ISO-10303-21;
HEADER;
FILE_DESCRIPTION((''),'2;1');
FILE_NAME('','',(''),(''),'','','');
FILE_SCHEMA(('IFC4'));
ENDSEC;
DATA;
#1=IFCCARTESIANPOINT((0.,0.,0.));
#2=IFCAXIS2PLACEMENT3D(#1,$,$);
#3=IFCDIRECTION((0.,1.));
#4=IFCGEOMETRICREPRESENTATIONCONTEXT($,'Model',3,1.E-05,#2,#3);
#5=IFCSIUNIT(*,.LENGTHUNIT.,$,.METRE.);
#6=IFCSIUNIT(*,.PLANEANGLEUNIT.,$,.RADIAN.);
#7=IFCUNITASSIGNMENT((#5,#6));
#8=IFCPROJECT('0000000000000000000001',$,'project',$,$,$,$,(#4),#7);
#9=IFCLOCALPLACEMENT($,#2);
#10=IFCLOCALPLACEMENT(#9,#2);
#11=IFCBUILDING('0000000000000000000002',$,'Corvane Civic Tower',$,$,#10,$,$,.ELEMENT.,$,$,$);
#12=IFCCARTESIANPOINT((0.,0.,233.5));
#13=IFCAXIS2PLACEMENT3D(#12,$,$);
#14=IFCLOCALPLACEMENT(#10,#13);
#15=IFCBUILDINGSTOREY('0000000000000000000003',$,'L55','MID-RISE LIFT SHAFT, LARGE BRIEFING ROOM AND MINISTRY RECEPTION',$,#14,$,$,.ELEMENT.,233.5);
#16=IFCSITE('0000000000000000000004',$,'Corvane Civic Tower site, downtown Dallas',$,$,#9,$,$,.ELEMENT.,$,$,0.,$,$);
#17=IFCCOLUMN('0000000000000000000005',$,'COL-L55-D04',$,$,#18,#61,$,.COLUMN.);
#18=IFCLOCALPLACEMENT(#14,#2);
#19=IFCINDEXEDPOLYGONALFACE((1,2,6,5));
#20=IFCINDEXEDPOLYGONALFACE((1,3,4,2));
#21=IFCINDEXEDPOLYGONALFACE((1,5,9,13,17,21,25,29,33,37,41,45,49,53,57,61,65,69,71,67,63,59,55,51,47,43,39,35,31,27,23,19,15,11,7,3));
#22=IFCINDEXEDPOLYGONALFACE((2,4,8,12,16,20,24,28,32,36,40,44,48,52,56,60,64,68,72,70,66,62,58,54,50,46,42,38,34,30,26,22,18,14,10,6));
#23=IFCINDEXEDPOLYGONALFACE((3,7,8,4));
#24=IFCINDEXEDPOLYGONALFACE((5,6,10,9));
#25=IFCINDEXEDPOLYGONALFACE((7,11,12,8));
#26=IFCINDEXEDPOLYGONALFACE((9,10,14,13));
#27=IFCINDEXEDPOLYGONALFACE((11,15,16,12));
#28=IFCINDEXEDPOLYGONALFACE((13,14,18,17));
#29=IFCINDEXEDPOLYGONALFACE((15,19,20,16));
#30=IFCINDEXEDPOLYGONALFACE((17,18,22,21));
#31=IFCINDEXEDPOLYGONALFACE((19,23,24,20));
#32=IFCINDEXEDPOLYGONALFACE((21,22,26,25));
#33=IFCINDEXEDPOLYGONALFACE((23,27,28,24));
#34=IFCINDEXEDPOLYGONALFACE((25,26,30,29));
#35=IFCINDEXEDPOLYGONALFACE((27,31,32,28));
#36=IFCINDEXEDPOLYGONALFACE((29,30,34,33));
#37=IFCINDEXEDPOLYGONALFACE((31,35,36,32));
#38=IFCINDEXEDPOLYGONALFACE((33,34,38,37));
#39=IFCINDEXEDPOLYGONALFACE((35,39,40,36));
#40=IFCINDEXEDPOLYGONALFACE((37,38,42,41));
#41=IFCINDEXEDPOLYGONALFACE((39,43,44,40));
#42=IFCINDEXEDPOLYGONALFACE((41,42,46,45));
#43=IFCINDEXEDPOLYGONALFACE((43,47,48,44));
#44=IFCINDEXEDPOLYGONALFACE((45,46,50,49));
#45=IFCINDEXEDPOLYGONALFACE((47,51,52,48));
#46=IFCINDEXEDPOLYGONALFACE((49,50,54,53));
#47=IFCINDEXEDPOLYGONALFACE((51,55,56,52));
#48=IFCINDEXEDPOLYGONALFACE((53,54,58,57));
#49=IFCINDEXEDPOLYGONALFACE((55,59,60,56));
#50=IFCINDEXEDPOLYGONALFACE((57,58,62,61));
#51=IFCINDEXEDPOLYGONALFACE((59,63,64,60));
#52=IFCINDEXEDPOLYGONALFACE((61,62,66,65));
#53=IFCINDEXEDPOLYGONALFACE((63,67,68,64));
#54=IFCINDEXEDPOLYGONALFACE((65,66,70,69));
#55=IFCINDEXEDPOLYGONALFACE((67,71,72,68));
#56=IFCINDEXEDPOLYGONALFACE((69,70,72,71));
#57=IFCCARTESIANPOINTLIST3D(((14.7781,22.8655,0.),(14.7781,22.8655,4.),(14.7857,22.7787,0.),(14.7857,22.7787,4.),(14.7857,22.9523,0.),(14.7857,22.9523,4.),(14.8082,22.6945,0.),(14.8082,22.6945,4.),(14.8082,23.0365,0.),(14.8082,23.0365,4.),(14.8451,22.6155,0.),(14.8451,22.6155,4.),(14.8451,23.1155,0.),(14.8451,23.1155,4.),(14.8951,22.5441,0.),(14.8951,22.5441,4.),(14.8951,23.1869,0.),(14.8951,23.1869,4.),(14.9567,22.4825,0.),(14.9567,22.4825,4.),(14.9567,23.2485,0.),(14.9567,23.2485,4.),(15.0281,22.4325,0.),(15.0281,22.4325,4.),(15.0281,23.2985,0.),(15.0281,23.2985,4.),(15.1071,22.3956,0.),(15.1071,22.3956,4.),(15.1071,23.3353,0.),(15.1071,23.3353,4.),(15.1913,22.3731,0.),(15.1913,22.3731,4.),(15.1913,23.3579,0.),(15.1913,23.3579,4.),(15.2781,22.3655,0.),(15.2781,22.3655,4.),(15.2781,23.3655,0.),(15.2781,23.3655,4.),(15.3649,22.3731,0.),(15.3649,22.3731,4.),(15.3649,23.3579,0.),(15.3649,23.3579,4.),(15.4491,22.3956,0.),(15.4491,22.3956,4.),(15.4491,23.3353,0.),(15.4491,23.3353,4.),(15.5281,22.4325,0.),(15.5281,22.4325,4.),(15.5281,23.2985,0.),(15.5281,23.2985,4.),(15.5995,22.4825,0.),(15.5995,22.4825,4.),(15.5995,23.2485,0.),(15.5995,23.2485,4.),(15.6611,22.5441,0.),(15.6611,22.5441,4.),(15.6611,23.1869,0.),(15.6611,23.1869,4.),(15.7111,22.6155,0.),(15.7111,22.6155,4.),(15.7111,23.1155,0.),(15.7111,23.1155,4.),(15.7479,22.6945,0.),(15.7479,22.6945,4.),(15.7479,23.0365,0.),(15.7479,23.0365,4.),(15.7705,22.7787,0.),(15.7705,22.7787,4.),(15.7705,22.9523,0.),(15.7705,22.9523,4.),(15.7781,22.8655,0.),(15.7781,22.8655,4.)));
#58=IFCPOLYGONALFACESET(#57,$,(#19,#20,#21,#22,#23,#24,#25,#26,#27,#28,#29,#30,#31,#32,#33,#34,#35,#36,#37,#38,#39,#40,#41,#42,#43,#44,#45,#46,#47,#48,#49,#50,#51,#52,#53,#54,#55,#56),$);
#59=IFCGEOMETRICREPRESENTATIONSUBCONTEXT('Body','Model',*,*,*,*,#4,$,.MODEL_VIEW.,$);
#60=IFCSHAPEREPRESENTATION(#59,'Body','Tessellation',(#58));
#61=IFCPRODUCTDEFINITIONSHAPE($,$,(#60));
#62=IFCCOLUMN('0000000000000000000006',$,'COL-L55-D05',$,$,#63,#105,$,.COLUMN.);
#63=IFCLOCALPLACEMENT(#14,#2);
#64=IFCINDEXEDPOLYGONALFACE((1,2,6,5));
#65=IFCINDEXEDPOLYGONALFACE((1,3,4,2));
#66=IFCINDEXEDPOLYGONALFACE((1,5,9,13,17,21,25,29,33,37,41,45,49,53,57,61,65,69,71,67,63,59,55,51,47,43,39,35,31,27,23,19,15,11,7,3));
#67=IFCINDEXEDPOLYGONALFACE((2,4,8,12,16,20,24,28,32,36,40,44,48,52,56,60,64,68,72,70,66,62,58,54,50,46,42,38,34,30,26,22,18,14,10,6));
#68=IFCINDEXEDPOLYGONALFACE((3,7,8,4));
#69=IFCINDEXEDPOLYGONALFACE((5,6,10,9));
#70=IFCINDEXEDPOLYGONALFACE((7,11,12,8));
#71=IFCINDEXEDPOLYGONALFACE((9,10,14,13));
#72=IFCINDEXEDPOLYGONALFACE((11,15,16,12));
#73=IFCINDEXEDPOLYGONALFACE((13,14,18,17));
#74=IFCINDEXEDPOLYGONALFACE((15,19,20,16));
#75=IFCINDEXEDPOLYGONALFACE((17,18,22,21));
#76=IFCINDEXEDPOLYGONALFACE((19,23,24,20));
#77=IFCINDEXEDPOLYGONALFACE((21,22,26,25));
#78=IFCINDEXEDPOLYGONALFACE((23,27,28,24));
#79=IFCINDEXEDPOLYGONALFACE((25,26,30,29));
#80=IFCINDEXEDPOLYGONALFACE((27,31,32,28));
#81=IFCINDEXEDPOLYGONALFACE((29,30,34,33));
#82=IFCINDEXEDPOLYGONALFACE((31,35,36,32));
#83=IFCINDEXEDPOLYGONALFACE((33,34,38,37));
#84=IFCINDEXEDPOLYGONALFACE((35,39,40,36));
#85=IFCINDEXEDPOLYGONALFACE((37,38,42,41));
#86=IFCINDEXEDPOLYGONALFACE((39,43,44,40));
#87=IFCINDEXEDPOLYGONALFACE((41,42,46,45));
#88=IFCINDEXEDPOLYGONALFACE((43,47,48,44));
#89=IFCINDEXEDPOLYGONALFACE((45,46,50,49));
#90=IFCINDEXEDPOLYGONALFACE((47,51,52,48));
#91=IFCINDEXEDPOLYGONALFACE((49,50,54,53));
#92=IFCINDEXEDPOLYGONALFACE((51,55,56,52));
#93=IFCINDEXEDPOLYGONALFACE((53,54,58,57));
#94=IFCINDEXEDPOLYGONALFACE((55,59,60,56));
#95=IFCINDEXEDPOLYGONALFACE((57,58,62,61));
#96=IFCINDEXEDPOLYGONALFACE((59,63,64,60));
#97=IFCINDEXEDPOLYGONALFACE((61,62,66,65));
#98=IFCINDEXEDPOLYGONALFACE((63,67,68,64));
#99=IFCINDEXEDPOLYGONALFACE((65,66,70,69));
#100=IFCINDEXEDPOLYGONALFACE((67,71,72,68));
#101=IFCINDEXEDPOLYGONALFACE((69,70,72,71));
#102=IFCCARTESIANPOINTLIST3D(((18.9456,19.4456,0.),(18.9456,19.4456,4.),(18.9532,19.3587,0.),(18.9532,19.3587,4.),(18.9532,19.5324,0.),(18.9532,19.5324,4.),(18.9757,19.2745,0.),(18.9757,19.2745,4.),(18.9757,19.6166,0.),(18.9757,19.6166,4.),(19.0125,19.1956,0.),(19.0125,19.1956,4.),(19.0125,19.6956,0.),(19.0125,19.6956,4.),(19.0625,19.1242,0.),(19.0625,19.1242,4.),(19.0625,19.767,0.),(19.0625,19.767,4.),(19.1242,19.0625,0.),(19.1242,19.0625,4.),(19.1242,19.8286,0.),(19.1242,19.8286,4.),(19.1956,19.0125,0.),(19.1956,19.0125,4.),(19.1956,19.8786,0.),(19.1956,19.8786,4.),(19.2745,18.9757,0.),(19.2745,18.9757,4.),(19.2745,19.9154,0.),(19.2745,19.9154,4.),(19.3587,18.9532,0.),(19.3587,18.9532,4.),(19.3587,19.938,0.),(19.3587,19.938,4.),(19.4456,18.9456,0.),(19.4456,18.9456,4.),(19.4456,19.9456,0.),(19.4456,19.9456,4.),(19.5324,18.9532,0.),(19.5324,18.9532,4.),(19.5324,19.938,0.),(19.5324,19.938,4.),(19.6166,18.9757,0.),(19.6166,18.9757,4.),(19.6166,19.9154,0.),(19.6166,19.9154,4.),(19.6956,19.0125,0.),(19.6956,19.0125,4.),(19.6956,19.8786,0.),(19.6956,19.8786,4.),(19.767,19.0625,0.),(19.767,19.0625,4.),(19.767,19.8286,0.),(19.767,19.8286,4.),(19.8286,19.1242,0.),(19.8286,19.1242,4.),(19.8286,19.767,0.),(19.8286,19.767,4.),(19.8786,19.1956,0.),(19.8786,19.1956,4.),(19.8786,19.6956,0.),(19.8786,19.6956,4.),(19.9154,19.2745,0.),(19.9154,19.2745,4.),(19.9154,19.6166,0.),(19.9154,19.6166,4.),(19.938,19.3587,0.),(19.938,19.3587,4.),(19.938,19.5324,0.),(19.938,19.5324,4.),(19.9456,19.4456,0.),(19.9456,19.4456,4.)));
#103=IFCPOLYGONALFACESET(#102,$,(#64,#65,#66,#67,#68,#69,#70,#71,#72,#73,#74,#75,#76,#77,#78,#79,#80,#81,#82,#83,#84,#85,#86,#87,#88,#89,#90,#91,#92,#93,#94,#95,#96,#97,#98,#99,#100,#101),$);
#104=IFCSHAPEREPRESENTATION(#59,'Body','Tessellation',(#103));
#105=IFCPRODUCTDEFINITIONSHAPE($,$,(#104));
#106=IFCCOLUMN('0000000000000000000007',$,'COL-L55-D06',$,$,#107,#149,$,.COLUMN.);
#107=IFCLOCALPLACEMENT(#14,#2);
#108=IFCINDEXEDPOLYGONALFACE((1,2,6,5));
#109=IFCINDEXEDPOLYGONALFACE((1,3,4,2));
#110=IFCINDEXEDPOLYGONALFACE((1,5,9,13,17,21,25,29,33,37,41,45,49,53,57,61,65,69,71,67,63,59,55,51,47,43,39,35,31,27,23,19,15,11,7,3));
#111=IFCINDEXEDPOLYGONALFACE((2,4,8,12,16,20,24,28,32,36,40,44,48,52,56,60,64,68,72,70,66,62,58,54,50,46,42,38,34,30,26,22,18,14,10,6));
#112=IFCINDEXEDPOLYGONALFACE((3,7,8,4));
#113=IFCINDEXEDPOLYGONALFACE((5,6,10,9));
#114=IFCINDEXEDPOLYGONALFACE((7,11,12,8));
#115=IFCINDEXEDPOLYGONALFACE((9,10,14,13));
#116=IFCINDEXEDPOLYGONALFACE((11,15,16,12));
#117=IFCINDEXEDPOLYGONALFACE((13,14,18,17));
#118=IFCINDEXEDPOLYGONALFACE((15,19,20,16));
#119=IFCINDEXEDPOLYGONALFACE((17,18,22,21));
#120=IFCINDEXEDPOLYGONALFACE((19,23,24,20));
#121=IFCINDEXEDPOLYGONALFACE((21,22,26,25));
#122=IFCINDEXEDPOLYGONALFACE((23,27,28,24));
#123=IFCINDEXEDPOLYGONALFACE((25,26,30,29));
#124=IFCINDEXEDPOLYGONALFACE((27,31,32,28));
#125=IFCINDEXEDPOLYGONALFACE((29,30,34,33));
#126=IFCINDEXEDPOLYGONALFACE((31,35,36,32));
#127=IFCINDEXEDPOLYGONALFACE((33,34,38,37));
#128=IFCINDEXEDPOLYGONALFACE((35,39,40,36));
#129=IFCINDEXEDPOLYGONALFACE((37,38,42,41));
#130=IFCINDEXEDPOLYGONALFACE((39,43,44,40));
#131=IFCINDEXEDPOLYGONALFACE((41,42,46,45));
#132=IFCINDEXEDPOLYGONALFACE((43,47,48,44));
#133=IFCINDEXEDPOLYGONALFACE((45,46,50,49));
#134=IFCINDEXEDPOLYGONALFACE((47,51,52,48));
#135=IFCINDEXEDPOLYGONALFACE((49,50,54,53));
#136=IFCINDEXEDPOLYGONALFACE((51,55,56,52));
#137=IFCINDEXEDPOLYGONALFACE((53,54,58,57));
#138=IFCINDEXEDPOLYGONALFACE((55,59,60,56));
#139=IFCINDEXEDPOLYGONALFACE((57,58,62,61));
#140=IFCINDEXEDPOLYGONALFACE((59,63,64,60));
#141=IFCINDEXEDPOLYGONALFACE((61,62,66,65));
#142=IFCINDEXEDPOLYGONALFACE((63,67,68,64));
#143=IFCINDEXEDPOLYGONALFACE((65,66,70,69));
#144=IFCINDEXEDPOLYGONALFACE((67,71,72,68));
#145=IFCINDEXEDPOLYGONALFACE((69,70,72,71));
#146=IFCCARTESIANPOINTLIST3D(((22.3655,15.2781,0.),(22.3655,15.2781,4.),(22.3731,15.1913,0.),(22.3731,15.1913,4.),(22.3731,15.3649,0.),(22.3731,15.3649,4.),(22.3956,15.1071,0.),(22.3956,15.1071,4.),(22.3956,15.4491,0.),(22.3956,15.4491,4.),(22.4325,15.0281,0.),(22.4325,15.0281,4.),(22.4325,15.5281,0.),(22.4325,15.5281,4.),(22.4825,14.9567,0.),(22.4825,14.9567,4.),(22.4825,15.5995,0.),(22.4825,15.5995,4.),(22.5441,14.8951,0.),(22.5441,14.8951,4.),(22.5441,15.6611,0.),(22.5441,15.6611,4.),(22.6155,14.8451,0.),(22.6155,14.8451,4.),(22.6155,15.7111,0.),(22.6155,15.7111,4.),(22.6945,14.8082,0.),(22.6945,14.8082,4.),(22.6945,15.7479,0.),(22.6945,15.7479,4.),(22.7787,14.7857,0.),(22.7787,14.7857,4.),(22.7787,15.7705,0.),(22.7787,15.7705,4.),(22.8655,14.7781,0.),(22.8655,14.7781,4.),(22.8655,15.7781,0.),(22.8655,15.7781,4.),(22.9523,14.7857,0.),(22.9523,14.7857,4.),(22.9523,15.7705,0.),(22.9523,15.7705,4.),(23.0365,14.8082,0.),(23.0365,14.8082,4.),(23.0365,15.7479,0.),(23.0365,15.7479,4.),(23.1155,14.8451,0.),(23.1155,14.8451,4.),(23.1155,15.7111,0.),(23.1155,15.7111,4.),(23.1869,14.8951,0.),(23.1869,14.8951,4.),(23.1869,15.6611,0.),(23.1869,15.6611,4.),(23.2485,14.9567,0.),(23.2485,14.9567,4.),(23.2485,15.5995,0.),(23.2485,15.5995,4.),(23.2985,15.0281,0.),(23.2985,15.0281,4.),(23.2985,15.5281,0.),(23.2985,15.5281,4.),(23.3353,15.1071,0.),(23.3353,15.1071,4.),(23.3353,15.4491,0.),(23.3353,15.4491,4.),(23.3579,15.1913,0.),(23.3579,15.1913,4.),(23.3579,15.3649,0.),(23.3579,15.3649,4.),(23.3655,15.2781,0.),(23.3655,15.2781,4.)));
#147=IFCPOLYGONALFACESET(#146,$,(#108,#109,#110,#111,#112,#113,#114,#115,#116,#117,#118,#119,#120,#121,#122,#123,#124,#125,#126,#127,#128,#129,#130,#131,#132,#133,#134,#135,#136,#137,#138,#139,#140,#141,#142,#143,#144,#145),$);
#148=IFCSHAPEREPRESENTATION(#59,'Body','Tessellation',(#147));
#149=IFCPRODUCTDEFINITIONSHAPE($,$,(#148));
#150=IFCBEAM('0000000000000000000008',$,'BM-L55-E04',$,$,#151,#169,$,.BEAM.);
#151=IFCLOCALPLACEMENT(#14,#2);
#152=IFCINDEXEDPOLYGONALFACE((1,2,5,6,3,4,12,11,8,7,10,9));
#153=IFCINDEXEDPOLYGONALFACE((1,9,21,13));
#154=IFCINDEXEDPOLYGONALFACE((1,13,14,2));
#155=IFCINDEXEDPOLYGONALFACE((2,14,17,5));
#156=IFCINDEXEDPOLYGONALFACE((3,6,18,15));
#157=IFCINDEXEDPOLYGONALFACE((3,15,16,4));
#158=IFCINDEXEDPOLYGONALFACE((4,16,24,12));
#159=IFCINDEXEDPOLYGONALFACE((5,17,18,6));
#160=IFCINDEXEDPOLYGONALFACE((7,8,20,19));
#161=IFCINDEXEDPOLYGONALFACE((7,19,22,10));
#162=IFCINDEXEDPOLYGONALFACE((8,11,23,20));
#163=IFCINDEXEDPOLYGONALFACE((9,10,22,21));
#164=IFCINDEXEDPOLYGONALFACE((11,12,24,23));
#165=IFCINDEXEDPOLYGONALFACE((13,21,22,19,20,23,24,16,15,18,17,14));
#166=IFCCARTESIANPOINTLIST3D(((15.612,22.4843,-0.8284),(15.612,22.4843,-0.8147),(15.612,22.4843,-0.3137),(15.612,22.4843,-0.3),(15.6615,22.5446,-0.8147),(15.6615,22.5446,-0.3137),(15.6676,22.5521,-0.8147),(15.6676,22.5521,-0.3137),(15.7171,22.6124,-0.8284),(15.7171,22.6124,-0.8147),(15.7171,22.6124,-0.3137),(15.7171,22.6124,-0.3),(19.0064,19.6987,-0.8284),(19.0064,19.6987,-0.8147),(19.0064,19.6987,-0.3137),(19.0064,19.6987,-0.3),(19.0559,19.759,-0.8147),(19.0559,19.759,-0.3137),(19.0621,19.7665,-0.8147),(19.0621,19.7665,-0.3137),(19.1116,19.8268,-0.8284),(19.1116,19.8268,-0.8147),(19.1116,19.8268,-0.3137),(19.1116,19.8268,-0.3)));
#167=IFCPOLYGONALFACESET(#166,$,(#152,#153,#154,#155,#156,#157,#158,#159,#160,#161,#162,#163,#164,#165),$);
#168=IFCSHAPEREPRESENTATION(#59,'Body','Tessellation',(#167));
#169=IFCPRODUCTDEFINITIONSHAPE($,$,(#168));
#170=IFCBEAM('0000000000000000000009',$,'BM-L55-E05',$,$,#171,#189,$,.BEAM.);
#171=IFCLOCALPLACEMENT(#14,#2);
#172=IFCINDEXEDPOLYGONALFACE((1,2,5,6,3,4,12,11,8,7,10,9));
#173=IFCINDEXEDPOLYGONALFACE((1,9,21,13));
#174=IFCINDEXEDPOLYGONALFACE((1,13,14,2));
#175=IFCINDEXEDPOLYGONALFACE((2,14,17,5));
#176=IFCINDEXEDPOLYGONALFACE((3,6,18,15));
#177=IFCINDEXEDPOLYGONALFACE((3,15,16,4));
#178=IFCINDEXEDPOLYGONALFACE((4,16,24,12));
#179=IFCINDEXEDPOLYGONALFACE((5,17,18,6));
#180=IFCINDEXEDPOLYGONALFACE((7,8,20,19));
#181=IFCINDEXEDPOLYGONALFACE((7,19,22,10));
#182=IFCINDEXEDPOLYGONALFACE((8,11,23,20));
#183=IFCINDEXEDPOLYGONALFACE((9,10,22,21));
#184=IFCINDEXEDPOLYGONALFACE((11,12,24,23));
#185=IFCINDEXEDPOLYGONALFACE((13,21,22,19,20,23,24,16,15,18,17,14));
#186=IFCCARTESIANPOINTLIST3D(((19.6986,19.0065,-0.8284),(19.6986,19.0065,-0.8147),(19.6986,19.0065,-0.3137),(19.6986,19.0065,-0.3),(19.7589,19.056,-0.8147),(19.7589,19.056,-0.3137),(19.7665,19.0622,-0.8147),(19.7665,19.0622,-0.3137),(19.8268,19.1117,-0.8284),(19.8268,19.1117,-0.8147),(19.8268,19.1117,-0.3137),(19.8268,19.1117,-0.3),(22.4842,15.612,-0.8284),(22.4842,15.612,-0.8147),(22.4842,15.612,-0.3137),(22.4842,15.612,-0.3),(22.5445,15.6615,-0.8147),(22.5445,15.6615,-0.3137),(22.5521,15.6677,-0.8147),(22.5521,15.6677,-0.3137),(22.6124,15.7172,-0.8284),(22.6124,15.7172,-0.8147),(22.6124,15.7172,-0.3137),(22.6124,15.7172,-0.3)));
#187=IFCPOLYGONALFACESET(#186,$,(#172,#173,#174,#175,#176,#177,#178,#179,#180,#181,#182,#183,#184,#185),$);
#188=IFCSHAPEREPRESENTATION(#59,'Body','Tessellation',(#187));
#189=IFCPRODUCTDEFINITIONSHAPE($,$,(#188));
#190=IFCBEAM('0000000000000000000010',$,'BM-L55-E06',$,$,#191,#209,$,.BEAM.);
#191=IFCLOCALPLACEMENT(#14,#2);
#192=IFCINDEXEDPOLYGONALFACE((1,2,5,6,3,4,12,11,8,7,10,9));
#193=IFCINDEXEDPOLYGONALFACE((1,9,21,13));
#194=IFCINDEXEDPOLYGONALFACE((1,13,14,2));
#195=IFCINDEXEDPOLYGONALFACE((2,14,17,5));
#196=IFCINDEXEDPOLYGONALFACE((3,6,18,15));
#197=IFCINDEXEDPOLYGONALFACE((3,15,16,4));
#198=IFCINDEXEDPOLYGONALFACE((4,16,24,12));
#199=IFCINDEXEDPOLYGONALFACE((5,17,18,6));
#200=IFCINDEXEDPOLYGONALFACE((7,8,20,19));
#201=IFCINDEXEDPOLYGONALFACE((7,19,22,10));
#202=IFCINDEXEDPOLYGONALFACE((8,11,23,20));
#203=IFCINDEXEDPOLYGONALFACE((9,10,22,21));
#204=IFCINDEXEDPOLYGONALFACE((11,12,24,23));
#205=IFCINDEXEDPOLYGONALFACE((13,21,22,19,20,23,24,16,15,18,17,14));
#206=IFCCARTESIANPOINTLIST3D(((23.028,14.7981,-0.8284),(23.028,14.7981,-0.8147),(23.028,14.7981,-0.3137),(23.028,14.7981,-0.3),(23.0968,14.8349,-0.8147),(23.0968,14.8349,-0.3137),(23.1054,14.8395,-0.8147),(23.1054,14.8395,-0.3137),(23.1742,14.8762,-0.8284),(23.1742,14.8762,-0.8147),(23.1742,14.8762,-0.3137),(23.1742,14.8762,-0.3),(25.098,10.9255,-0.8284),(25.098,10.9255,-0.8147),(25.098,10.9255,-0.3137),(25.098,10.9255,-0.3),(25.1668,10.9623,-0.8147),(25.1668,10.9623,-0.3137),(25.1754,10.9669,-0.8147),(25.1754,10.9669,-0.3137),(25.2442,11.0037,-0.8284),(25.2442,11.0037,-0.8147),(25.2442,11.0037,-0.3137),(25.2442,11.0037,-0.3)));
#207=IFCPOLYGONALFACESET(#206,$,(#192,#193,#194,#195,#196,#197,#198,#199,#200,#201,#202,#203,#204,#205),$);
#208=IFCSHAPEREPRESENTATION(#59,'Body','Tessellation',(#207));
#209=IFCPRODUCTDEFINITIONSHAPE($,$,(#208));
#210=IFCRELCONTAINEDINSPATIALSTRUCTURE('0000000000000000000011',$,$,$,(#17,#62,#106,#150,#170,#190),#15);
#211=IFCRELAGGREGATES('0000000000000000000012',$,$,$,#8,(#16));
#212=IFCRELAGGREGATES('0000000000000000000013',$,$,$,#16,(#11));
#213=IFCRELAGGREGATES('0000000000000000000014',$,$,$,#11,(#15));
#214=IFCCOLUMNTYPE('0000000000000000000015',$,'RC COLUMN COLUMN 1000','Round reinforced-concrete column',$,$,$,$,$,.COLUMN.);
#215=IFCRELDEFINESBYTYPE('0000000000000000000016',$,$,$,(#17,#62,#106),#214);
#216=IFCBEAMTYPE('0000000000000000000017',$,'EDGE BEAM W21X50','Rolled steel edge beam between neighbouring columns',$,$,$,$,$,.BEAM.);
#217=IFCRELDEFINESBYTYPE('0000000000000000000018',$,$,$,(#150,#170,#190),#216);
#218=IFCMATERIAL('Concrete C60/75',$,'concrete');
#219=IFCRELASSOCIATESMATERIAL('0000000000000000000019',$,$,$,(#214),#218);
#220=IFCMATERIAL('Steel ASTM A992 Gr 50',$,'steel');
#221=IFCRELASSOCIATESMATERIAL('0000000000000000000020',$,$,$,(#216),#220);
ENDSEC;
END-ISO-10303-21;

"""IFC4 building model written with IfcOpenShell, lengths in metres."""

from ifc_helpers import new_model, si_unit, direction, frame, origin, origin_2d, place, context, subcontext, project, spatial, circle, i_section, extrude, material, material_profile, profile_set, type_object, element, save


model = new_model("IFC4")

# Units and contexts
model_context = context("Model", 3, precision=1e-05, world=origin(), true_north=direction((0.0, 1.0)))
body_context = subcontext(model_context, "Body", "Model", "MODEL_VIEW")
ifc_project = project(units=[si_unit("LENGTHUNIT", "METRE"), si_unit("PLANEANGLEUNIT", "RADIAN")], contexts=[model_context])

# Site, building, storey
site_placement = place(None, origin())
site = spatial("IfcSite", under=ifc_project, at=site_placement, Name="Corvane Civic Tower site, downtown Dallas", CompositionType="ELEMENT", RefElevation=0.0)
building_placement = place(site_placement, origin())
building = spatial("IfcBuilding", under=site, at=building_placement, Name="Corvane Civic Tower", CompositionType="ELEMENT")
storey_placement = place(building_placement, frame((0.0, 0.0, 233.5)))
storey = spatial("IfcBuildingStorey", under=building, at=storey_placement, Name="L55", Description="MID-RISE LIFT SHAFT, LARGE BRIEFING ROOM AND MINISTRY RECEPTION", CompositionType="ELEMENT", Elevation=233.5)

# Columns
ifc_material_1 = material(Name="Concrete C60/75", Category="concrete")
ifc_material_profile_1 = material_profile(ifc_material_1, circle(Radius=0.5, at=origin_2d()), Name="COLUMN 1000")
ifc_profile_set_1 = profile_set([ifc_material_profile_1], Name="Concrete C60/75")
column_type = type_object("IfcColumnType", Name="RC COLUMN COLUMN 1000", Description="Round reinforced-concrete column", PredefinedType="COLUMN", material=ifc_profile_set_1)
for number, where, z_axis, x_axis, name in (
    (1, (15.2781, 22.8655, 0.0), (0.0, 0.0, 1.0), (1.0, 0.0, 0.0), "COL-L55-D04"),
    (2, (19.4456, 19.4456, 0.0), (0.0, 0.0, 1.0), (1.0, 0.0, 0.0), "COL-L55-D05"),
    (3, (22.8655, 15.2781, 0.0), (0.0, 0.0, 1.0), (1.0, 0.0, 0.0), "COL-L55-D06"),
):
    element("IfcColumn", number, at=place(storey_placement, frame(where, z_axis=z_axis, x_axis=x_axis)), inside=storey, type_object=column_type, Name=name, PredefinedType="COLUMN", context=body_context, shape_type="SweptSolid", body=[
        extrude(circle(Radius=0.5, at=origin_2d()), origin(), (0.0, 0.0, 1.0), 4.0),
    ])

# Beams
ifc_material_2 = material(Name="Steel ASTM A992 Gr 50", Category="steel")
ifc_material_profile_2 = material_profile(ifc_material_2, i_section(OverallWidth=0.1658, OverallDepth=0.5283, WebThickness=0.0098, FlangeThickness=0.0137, at=origin_2d()), Name="W21X50")
ifc_profile_set_2 = profile_set([ifc_material_profile_2], Name="Steel ASTM A992 Gr 50")
beam_type_1 = type_object("IfcBeamType", Name="EDGE BEAM W21X50", Description="Rolled steel edge beam between neighbouring columns", PredefinedType="BEAM", material=ifc_profile_set_2)
for number, where, z_axis, x_axis, name in (
    (4, (15.6646, 22.5483, -0.5642), (0.77303, -0.634369, 0.0), (0.634369, 0.77303, 0.0), "BM-L55-E04"),
    (5, (19.7627, 19.0591, -0.5642), (0.634369, -0.77303, 0.0), (0.77303, 0.634369, 0.0), "BM-L55-E05"),
    (6, (23.1011, 14.8372, -0.5642), (0.471422, -0.881908, 0.0), (0.881908, 0.471422, 0.0), "BM-L55-E06"),
):
    element("IfcBeam", number, at=place(storey_placement, frame(where, z_axis=z_axis, x_axis=x_axis)), inside=storey, type_object=beam_type_1, Name=name, PredefinedType="BEAM", context=body_context, shape_type="SweptSolid", body=[
        extrude(i_section(OverallWidth=0.1658, OverallDepth=0.5283, WebThickness=0.0098, FlangeThickness=0.0137, at=origin_2d()), origin(), (0.0, 0.0, 1.0), 4.3911),
    ])

save(model, "model.ifc")
